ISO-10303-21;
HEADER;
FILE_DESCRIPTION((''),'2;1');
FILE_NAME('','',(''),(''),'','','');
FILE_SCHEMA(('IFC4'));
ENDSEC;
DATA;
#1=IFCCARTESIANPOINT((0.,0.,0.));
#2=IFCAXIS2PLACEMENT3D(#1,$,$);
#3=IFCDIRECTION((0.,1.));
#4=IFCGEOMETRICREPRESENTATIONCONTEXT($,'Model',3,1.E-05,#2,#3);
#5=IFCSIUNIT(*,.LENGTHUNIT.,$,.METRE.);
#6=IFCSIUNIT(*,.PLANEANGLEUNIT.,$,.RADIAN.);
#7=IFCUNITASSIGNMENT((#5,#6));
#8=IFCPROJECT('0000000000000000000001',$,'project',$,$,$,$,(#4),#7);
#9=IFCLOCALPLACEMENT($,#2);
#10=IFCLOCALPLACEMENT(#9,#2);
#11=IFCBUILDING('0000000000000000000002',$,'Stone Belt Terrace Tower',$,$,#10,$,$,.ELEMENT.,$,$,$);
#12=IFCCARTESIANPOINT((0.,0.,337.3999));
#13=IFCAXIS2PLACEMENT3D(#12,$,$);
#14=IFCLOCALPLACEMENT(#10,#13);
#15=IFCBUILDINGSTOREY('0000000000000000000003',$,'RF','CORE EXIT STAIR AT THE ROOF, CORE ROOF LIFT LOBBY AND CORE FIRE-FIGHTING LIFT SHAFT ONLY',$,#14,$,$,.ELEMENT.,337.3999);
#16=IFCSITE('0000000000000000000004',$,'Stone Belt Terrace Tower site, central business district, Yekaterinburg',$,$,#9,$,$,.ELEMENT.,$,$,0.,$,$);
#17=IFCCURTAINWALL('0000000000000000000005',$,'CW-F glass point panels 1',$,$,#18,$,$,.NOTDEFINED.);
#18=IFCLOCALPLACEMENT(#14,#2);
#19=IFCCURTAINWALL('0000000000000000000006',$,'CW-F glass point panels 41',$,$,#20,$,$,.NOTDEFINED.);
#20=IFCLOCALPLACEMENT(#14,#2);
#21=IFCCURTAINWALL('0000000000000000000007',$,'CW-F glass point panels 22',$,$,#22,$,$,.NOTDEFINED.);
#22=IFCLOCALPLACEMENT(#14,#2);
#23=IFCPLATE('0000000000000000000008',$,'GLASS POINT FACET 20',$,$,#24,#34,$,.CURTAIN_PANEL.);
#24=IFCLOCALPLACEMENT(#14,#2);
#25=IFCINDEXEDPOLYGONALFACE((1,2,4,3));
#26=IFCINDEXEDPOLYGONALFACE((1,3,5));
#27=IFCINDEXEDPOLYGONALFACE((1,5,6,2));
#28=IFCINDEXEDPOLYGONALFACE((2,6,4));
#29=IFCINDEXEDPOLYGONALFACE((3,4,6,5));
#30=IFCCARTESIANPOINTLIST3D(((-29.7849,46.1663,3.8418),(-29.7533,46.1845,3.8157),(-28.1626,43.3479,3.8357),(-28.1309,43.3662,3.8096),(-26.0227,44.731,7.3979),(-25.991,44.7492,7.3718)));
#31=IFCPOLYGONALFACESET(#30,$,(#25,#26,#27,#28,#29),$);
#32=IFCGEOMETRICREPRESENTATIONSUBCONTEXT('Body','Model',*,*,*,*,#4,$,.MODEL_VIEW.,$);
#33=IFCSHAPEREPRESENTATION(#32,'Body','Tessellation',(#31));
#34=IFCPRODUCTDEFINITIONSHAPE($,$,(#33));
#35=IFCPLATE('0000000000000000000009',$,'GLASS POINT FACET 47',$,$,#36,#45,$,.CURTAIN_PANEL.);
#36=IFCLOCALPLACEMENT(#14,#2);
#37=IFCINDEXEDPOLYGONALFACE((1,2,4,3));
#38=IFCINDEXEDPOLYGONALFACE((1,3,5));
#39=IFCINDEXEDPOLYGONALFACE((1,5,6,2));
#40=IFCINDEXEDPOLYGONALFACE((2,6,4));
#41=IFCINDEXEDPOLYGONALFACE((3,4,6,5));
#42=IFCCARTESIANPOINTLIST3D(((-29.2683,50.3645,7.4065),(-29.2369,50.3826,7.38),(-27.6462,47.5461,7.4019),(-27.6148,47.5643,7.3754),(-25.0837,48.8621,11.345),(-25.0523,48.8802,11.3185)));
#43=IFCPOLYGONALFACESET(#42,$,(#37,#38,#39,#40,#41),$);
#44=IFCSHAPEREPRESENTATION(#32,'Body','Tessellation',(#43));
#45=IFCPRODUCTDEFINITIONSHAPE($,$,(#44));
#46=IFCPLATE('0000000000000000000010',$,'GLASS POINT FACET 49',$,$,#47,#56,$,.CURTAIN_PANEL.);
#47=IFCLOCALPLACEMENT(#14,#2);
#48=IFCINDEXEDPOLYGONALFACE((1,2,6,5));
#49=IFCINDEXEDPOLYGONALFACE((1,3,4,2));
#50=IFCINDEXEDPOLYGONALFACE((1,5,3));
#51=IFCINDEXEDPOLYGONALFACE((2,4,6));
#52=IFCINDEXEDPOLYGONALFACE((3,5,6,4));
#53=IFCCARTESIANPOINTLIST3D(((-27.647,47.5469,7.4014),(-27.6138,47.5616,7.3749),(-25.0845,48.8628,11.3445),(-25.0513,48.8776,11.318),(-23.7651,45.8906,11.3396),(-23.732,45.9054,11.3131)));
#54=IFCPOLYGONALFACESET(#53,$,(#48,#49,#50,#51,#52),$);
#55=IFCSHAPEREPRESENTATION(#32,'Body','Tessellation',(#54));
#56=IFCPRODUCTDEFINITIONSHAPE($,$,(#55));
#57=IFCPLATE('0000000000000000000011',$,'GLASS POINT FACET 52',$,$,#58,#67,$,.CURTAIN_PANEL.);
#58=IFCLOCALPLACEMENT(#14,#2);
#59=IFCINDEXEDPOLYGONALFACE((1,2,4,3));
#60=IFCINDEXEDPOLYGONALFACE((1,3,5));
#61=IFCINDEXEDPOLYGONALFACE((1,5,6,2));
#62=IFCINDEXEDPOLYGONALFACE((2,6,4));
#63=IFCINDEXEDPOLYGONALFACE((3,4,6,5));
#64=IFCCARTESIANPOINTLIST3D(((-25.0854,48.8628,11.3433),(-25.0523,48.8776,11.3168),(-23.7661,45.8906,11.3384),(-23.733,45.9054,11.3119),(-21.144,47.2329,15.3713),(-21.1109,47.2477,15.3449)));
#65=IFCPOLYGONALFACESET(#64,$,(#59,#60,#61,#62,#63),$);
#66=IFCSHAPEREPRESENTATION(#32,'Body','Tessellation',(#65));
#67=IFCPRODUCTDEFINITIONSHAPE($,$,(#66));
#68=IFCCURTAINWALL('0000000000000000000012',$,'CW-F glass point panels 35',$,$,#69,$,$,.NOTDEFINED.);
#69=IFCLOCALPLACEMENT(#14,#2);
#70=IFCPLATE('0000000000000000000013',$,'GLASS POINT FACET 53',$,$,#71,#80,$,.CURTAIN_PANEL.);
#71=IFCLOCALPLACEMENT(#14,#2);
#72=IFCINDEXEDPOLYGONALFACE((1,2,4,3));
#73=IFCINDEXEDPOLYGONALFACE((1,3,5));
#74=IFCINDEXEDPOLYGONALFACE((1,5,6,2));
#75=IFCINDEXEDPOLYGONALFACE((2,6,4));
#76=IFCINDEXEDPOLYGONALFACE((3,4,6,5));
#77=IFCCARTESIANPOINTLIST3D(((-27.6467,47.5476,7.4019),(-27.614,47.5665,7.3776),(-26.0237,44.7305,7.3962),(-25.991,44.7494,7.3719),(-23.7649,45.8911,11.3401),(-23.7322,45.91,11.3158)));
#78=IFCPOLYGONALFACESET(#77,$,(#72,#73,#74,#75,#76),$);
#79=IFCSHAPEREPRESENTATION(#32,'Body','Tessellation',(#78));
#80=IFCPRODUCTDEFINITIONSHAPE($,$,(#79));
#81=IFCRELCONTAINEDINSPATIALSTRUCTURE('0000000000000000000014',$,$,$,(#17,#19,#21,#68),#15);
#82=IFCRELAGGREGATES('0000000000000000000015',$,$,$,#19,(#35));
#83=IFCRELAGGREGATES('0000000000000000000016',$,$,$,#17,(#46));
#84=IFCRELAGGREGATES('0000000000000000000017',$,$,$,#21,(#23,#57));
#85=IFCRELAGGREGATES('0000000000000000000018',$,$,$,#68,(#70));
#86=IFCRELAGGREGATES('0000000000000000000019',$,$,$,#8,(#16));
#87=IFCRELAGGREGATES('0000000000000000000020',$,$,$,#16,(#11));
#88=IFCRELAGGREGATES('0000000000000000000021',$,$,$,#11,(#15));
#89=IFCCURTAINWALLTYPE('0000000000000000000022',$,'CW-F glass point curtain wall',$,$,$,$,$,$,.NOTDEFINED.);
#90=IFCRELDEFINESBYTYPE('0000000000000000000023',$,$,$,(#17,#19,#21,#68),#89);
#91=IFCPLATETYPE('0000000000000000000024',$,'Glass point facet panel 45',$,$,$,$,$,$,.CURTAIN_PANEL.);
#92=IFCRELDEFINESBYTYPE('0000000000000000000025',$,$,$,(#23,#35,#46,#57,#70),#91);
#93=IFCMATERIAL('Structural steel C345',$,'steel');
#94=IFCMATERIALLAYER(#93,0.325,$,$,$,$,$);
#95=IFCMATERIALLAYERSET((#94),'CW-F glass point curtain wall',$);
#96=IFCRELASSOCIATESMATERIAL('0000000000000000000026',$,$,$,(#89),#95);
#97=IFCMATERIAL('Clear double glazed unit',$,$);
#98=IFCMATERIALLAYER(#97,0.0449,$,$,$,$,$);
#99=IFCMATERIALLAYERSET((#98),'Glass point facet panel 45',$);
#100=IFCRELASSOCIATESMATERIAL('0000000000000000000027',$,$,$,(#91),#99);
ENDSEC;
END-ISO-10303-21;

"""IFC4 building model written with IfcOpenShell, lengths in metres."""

from ifc_helpers import new_model, si_unit, direction, frame, origin, place, context, subcontext, project, spatial, polyline, outline, extrude, material, layer, layer_set, type_object, element, aggregate, save


model = new_model("IFC4")

# Units and contexts
model_context = context("Model", 3, precision=1e-05, world=origin(), true_north=direction((0.0, 1.0)))
body_context = subcontext(model_context, "Body", "Model", "MODEL_VIEW")
ifc_project = project(units=[si_unit("LENGTHUNIT", "METRE"), si_unit("PLANEANGLEUNIT", "RADIAN")], contexts=[model_context])

# Site, building, storey
site_placement = place(None, origin())
site = spatial("IfcSite", under=ifc_project, at=site_placement, Name="Stone Belt Terrace Tower site, central business district, Yekaterinburg", CompositionType="ELEMENT", RefElevation=0.0)
building_placement = place(site_placement, origin())
building = spatial("IfcBuilding", under=site, at=building_placement, Name="Stone Belt Terrace Tower", CompositionType="ELEMENT")
storey_placement = place(building_placement, frame((0.0, 0.0, 337.3999)))
storey = spatial("IfcBuildingStorey", under=building, at=storey_placement, Name="RF", Description="CORE EXIT STAIR AT THE ROOF, CORE ROOF LIFT LOBBY AND CORE FIRE-FIGHTING LIFT SHAFT ONLY", CompositionType="ELEMENT", Elevation=337.3999)

# Shared definitions
ifc_material_1 = material(Name="Structural steel C345", Category="steel")

# Curtain wall
ifc_layer_1 = layer(ifc_material_1, 0.325)
ifc_layer_set_1 = layer_set([ifc_layer_1], Name="CW-F glass point curtain wall")
curtain_wall_type = type_object("IfcCurtainWallType", Name="CW-F glass point curtain wall", PredefinedType="NOTDEFINED", material=ifc_layer_set_1)
ifc_material_2 = material(Name="Clear double glazed unit")
ifc_layer_2 = layer(ifc_material_2, 0.0449)
ifc_layer_set_2 = layer_set([ifc_layer_2], Name="Glass point facet panel 45")
plate_type = type_object("IfcPlateType", Name="Glass point facet panel 45", PredefinedType="CURTAIN_PANEL", material=ifc_layer_set_2)
curtain_wall_1_placement = place(storey_placement, origin())
curtain_wall_1 = element("IfcCurtainWall", 1, at=curtain_wall_1_placement, inside=storey, type_object=curtain_wall_type, Name="CW-F glass point panels 1", PredefinedType="NOTDEFINED")

# Curtain wall
curtain_wall_2_placement = place(storey_placement, origin())
curtain_wall_2 = element("IfcCurtainWall", 2, at=curtain_wall_2_placement, inside=storey, type_object=curtain_wall_type, Name="CW-F glass point panels 41", PredefinedType="NOTDEFINED")

# Curtain wall, plate
curtain_wall_3_placement = place(storey_placement, origin())
curtain_wall_3 = element("IfcCurtainWall", 3, at=curtain_wall_3_placement, inside=storey, type_object=curtain_wall_type, Name="CW-F glass point panels 22", PredefinedType="NOTDEFINED")
plate_1_placement = place(storey_placement, frame((-29.7849, 46.1663, 3.8418), z_axis=(-0.704671, -0.406884, 0.581279), x_axis=(0.700311, -0.267172, 0.661955)))
plate_1 = element("IfcPlate", 4, at=plate_1_placement, type_object=plate_type, Name="GLASS POINT FACET 20", PredefinedType="CURTAIN_PANEL", context=body_context, shape_type="SweptSolid", body=[
    extrude(outline(polyline([(0.0, 0.0), (5.3722, 0.0), (1.8851, -2.6498), (0.0, 0.0)])), origin(), (0.0, 0.0, -1.0), 0.0449),
])

# Plates
plate_2_placement = place(storey_placement, frame((-27.6462, 47.5461, 7.4019), z_axis=(-0.699715, -0.403682, 0.58944), x_axis=(-0.49882, 0.866704, 0.001426)))
plate_2 = element("IfcPlate", 5, at=plate_2_placement, type_object=plate_type, Name="GLASS POINT FACET 47", PredefinedType="CURTAIN_PANEL", context=body_context, shape_type="SweptSolid", body=[
    extrude(outline(polyline([(0.0, 0.0), (3.2518, 0.0), (-0.1321, -4.8815), (0.0, 0.0)])), origin(), (0.0, 0.0, -1.0), 0.0449),
])
aggregate(curtain_wall_2, [plate_2])
plate_3_placement = place(storey_placement, frame((-27.647, 47.5469, 7.4014), z_axis=(-0.738068, -0.328594, 0.589306), x_axis=(0.524752, 0.269475, 0.807476)))
plate_3 = element("IfcPlate", 6, at=plate_3_placement, type_object=plate_type, Name="GLASS POINT FACET 49", PredefinedType="CURTAIN_PANEL", context=body_context, shape_type="SweptSolid", body=[
    extrude(outline(polyline([(0.0, 0.0), (4.8833, 0.0), (4.7707, -3.2499), (0.0, 0.0)])), origin(), (0.0, 0.0, -1.0), 0.0449),
])
aggregate(curtain_wall_1, [plate_3])
plate_4_placement = place(storey_placement, frame((-25.0854, 48.8628, 11.3433), z_axis=(-0.738102, -0.328609, 0.589255), x_axis=(0.671842, -0.277826, 0.686616)))
plate_4 = element("IfcPlate", 7, at=plate_4_placement, type_object=plate_type, Name="GLASS POINT FACET 52", PredefinedType="CURTAIN_PANEL", context=body_context, shape_type="SweptSolid", body=[
    extrude(outline(polyline([(0.0, 0.0), (5.8666, 0.0), (1.7088, -2.7667), (0.0, 0.0)])), origin(), (0.0, 0.0, -1.0), 0.0449),
])
aggregate(curtain_wall_3, [plate_1, plate_4])

# Curtain wall, plate
curtain_wall_4_placement = place(storey_placement, origin())
curtain_wall_4 = element("IfcCurtainWall", 8, at=curtain_wall_4_placement, inside=storey, type_object=curtain_wall_type, Name="CW-F glass point panels 35", PredefinedType="NOTDEFINED")
plate_5_placement = place(storey_placement, frame((-27.6467, 47.5476, 7.4019), z_axis=(-0.728303, -0.420678, 0.540929), x_axis=(0.672465, -0.286961, 0.682235)))
plate_5 = element("IfcPlate", 9, at=plate_5_placement, type_object=plate_type, Name="GLASS POINT FACET 53", PredefinedType="CURTAIN_PANEL", context=body_context, shape_type="SweptSolid", body=[
    extrude(outline(polyline([(0.0, 0.0), (5.7725, 0.0), (1.896, -2.6412), (0.0, 0.0)])), origin(), (0.0, 0.0, -1.0), 0.0449),
])
aggregate(curtain_wall_4, [plate_5])

save(model, "model.ifc")
